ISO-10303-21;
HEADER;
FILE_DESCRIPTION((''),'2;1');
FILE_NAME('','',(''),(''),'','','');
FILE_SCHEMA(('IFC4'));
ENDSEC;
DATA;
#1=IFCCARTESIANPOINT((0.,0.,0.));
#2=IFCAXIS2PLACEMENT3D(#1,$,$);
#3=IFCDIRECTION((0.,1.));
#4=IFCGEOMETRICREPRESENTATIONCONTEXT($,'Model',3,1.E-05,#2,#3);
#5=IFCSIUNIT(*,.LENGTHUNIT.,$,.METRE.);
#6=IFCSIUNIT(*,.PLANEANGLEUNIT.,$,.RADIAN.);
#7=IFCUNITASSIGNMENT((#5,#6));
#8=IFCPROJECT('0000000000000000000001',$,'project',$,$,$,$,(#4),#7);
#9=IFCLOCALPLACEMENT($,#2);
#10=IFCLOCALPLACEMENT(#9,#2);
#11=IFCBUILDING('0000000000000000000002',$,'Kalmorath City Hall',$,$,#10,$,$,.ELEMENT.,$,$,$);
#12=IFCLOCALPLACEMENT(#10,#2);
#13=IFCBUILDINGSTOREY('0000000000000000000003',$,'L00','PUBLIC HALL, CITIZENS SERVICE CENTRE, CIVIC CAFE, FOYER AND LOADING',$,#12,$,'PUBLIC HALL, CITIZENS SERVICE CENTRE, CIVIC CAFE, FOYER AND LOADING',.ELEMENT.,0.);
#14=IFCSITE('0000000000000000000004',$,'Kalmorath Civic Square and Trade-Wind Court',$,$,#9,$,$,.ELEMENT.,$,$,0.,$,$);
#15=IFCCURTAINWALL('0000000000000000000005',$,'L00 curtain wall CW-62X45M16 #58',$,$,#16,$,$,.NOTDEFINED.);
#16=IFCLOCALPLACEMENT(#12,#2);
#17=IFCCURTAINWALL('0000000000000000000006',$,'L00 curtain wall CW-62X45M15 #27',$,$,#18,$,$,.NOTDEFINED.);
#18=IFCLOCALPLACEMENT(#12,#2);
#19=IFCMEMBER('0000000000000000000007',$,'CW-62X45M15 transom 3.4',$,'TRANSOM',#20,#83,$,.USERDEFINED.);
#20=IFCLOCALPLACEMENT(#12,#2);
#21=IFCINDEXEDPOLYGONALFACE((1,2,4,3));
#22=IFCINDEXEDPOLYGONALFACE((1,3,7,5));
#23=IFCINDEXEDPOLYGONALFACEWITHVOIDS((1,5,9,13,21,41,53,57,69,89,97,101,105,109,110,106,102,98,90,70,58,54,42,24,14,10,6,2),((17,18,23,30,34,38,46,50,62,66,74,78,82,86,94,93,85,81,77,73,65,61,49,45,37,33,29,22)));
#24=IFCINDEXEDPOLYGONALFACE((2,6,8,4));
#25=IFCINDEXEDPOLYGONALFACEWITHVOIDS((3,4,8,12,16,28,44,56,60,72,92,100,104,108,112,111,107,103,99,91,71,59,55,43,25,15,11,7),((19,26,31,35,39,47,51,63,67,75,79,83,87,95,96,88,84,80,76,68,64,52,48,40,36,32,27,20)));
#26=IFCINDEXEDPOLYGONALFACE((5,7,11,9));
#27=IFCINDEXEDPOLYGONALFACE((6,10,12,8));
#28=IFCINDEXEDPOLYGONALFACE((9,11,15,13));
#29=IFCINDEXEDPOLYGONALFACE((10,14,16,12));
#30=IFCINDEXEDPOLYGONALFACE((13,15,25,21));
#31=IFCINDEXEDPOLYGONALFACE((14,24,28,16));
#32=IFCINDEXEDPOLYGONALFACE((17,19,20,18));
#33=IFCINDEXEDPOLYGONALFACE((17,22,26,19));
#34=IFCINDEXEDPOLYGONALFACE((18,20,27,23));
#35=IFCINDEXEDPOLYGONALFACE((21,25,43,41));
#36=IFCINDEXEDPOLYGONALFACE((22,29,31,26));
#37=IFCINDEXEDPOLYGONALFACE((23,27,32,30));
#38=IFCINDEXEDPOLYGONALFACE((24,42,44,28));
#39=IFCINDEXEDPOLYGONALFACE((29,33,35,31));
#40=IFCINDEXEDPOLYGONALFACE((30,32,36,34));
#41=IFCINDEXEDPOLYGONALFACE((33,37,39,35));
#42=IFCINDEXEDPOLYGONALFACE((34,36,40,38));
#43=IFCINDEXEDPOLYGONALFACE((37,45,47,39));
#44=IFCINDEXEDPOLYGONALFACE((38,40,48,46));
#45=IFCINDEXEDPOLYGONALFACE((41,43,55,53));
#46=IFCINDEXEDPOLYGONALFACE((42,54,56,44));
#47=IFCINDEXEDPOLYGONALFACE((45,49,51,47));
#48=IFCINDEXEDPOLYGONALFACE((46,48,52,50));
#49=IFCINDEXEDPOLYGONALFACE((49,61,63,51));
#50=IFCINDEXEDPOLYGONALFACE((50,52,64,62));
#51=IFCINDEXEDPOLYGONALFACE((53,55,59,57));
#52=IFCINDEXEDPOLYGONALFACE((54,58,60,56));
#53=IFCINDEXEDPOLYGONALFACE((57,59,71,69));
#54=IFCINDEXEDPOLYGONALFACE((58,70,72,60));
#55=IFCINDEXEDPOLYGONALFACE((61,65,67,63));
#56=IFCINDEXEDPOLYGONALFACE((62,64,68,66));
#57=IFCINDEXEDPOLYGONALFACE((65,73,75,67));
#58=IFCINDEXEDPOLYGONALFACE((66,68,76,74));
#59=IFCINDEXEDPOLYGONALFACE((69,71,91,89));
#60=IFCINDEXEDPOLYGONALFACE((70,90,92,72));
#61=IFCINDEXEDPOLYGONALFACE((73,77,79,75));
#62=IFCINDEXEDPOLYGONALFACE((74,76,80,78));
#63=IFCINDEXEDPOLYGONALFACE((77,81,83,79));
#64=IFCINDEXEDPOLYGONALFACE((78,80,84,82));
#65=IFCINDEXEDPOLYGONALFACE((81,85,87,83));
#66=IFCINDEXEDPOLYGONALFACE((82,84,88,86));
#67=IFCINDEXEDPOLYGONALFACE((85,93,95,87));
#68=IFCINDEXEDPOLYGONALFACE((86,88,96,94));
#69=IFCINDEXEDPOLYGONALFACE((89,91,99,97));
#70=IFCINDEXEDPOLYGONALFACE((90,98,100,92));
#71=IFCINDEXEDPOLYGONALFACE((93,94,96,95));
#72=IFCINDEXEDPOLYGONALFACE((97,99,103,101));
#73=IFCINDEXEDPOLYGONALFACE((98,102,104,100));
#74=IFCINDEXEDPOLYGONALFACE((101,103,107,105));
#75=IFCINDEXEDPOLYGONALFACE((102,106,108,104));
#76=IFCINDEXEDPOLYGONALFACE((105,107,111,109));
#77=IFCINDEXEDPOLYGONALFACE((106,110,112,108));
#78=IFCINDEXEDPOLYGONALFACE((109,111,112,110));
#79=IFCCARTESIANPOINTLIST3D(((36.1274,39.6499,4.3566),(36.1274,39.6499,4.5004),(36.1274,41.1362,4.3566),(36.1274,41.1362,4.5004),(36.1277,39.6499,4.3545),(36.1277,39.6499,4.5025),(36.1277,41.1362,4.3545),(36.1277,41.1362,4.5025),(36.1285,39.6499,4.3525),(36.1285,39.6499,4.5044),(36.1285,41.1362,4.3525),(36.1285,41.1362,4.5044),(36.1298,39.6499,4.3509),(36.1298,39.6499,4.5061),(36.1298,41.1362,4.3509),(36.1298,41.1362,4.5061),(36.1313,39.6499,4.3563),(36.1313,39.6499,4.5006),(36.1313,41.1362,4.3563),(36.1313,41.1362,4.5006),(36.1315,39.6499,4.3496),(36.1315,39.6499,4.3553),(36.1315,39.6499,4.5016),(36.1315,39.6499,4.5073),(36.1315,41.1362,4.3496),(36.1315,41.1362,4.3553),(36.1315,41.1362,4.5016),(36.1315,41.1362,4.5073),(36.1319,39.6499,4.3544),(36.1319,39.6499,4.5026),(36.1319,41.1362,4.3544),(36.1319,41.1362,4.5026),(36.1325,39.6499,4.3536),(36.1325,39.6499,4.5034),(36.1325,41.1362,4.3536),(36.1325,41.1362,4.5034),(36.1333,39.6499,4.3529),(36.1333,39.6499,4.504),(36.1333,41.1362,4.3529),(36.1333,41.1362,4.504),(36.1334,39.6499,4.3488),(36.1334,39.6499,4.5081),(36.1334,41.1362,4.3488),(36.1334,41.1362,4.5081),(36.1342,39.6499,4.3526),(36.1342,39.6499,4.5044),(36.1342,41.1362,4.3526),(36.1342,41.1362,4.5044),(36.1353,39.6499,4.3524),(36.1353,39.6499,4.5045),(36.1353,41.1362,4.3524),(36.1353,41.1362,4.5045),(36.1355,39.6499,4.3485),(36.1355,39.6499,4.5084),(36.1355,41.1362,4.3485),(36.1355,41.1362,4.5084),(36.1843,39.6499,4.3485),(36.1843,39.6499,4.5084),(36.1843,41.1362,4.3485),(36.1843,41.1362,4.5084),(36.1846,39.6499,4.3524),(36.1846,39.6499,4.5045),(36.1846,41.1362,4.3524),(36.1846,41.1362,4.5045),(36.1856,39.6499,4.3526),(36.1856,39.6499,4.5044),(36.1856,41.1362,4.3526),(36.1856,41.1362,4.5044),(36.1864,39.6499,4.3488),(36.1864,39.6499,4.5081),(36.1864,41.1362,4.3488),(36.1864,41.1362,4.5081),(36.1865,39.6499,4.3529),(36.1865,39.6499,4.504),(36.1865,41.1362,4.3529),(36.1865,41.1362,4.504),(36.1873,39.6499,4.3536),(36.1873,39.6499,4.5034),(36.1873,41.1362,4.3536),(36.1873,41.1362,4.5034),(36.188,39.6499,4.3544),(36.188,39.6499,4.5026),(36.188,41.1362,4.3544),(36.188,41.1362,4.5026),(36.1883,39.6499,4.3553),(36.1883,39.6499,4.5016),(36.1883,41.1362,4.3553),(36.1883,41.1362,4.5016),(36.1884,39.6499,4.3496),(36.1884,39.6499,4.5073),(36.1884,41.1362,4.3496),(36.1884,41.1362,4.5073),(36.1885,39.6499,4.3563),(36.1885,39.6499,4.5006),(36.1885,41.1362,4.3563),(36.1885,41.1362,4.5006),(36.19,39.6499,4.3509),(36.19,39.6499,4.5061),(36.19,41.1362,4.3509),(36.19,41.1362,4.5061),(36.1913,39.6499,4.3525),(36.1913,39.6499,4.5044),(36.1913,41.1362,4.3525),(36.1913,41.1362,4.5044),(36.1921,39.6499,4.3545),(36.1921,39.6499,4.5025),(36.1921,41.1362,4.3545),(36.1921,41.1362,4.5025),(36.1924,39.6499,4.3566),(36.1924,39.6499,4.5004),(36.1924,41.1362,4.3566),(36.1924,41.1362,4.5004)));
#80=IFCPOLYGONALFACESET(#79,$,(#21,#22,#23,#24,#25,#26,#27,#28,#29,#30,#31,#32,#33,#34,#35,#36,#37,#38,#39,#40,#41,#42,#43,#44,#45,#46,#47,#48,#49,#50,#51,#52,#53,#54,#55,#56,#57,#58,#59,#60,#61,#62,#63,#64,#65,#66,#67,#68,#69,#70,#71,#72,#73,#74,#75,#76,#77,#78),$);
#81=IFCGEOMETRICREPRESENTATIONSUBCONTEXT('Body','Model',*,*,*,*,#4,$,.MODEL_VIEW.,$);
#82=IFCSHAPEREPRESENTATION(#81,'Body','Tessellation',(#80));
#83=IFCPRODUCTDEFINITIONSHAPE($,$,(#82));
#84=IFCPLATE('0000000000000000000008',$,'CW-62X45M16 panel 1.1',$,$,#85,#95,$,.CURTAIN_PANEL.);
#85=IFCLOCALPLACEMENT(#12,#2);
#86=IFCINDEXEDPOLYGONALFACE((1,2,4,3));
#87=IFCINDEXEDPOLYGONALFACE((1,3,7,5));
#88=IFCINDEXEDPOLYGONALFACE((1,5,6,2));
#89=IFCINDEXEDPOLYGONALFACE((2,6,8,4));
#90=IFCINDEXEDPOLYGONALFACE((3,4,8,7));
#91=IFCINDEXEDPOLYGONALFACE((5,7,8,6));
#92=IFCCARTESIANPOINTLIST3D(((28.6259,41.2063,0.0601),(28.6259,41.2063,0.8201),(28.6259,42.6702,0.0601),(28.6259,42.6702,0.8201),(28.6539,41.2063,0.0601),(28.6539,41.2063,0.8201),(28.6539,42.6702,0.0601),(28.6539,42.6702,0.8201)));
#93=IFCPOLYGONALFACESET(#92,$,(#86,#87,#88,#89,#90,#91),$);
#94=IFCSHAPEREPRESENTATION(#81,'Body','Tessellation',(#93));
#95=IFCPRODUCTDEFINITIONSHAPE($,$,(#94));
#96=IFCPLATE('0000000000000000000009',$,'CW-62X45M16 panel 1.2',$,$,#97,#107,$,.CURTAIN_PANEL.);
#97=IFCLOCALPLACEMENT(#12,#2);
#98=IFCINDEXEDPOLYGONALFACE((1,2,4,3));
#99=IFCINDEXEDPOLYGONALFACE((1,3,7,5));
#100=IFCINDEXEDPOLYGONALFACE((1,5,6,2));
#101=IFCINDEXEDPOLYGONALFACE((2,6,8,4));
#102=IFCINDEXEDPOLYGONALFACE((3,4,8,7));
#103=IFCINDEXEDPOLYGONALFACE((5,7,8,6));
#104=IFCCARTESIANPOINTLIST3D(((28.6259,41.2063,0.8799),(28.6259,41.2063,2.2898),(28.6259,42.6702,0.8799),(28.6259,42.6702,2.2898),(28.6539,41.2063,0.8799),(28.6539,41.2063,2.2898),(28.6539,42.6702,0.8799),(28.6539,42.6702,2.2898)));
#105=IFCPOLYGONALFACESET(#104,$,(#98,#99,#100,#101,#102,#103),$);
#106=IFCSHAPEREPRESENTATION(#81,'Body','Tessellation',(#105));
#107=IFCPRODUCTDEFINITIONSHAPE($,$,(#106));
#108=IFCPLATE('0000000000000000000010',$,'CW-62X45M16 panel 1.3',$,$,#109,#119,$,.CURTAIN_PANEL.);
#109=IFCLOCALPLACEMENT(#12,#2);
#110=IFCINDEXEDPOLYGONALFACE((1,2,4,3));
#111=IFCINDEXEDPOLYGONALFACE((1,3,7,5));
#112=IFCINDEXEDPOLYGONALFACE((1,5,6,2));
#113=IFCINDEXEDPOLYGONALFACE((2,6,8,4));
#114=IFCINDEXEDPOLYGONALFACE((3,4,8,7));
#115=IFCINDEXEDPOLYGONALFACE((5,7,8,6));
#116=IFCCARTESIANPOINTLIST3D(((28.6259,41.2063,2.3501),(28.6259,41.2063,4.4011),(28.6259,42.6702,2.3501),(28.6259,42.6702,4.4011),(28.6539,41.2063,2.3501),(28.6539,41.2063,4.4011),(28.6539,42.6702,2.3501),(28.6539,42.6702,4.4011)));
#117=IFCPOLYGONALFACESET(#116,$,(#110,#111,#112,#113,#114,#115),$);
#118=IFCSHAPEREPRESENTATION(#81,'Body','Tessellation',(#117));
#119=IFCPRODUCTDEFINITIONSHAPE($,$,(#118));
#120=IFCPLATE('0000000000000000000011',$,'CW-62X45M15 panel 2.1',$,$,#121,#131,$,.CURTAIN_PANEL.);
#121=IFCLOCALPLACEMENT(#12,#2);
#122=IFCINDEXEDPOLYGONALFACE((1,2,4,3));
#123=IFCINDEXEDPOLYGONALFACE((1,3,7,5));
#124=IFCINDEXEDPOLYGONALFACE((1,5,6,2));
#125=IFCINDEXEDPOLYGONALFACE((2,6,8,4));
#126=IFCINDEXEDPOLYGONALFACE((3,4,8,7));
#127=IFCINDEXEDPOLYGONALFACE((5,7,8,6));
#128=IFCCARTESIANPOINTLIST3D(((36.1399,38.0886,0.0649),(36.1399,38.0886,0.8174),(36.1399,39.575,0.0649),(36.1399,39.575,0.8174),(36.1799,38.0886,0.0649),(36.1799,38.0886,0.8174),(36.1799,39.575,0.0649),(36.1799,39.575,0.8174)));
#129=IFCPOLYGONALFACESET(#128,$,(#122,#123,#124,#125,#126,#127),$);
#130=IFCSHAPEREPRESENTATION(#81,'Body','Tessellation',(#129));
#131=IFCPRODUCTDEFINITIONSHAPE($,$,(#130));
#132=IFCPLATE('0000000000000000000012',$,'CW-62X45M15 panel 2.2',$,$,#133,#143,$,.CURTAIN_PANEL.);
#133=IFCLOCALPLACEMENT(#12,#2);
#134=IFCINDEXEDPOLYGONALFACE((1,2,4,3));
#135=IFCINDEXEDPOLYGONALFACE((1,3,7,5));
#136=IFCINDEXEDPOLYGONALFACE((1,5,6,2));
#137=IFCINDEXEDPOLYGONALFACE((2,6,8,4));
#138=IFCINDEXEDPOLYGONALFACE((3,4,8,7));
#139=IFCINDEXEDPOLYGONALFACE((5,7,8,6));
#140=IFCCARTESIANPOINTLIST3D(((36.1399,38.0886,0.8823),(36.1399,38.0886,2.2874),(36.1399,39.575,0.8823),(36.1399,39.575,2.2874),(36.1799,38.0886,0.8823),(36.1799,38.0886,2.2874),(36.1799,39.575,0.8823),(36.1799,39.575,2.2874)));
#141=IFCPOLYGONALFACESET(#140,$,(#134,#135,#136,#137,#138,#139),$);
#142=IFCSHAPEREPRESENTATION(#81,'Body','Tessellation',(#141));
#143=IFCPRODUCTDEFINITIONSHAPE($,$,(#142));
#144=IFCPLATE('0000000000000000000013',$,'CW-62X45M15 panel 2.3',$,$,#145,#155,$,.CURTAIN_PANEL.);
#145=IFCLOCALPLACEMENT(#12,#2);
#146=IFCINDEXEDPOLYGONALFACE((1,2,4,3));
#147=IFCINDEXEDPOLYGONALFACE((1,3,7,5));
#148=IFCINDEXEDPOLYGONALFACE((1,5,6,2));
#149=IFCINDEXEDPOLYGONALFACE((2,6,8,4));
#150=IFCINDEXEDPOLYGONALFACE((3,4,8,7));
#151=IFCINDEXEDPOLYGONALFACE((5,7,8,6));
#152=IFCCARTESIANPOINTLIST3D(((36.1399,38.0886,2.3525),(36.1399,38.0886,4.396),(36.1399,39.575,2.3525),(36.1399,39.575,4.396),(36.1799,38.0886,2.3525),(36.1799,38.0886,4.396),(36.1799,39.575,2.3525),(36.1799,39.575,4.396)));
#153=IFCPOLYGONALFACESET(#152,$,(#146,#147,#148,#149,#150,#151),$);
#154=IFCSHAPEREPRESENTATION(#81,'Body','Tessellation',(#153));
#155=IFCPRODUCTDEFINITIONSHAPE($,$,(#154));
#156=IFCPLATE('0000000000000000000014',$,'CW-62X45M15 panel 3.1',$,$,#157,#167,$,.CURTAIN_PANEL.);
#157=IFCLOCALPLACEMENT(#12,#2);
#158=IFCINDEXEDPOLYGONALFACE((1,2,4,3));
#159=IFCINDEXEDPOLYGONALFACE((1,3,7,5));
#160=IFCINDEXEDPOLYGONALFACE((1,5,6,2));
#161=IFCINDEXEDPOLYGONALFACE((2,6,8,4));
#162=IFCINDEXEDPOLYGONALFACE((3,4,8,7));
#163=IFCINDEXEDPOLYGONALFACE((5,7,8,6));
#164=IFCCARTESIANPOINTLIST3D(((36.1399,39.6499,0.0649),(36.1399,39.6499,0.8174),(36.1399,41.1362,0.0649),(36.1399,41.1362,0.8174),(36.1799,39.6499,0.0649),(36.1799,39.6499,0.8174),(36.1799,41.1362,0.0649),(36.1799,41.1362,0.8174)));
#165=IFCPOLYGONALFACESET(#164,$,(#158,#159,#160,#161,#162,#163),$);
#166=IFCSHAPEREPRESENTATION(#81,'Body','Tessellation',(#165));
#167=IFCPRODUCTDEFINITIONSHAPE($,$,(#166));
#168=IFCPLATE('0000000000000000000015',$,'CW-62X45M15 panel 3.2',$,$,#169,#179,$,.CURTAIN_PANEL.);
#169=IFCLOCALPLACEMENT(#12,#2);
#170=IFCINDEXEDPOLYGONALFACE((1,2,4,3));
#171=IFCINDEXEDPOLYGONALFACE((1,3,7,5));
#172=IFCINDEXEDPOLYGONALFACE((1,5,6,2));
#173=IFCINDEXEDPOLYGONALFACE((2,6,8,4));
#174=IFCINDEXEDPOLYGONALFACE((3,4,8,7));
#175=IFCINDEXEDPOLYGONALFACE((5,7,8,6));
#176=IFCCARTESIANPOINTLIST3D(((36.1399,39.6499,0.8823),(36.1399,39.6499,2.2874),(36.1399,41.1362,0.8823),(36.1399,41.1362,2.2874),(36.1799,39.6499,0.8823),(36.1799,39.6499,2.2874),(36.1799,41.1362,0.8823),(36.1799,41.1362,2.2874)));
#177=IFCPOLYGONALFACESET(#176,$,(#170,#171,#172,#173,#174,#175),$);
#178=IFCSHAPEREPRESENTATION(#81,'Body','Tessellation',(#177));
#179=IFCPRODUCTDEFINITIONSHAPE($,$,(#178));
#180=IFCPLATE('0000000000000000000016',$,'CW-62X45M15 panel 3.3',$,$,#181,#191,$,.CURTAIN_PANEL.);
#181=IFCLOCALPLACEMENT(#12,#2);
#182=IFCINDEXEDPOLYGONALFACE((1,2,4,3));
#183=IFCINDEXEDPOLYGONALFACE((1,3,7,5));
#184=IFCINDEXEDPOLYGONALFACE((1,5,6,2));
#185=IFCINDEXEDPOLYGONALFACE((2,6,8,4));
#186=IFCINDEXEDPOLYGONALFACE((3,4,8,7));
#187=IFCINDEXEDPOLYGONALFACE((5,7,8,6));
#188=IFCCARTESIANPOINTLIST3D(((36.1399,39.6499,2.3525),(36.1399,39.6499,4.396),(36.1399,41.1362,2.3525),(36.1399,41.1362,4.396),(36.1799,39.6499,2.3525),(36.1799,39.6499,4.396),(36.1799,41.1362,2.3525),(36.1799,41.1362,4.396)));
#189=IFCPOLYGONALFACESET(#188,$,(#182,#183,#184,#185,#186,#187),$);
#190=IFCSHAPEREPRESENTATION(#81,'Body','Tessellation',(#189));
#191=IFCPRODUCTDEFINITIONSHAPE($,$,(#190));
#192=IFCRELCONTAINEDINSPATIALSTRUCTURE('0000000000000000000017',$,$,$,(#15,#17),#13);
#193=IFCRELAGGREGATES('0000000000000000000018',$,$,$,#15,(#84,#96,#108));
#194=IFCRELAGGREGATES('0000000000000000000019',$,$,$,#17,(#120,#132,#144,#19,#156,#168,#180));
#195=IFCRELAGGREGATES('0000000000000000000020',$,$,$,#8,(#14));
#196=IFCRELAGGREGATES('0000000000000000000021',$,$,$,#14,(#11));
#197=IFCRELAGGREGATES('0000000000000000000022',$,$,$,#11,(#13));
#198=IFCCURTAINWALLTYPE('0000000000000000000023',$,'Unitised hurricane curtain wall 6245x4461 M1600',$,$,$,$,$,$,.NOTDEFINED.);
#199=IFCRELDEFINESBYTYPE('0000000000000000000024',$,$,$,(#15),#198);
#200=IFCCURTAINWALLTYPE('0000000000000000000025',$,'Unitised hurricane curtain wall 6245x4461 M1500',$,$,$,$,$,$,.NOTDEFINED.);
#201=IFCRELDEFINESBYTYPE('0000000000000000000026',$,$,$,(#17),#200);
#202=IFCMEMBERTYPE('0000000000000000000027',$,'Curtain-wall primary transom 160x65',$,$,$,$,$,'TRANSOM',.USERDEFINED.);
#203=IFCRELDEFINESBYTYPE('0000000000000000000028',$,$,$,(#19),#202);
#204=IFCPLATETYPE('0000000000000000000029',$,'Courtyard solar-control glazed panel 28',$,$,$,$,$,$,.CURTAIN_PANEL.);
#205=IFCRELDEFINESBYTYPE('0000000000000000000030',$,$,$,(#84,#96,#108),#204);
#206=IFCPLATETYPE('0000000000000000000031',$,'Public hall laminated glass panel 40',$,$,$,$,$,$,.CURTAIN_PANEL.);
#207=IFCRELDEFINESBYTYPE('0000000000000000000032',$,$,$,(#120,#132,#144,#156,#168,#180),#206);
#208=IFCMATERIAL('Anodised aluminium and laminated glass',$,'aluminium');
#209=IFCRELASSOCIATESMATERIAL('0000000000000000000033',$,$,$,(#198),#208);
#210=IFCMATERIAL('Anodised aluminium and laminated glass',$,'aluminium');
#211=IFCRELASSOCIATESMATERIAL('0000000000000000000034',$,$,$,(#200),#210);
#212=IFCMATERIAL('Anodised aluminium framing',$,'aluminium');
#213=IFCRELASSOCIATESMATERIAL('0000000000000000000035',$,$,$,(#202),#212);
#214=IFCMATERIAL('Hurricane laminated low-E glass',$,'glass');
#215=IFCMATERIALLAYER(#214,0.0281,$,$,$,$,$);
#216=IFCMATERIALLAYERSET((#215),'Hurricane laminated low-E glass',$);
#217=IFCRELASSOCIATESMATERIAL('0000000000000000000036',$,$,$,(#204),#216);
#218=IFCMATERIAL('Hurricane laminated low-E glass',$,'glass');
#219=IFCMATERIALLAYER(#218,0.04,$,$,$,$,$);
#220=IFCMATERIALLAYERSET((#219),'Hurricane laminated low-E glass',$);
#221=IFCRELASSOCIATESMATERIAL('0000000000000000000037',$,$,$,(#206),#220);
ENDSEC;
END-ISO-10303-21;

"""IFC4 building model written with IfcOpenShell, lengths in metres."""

from ifc_helpers import new_model, si_unit, direction, frame, origin, origin_2d, place, context, subcontext, project, spatial, rectangle, hollow_rectangle, extrude, material, layer, layer_set, material_profile, profile_set, type_object, element, aggregate, save


model = new_model("IFC4")

# Units and contexts
model_context = context("Model", 3, precision=1e-05, world=origin(), true_north=direction((0.0, 1.0)))
body_context = subcontext(model_context, "Body", "Model", "MODEL_VIEW")
ifc_project = project(units=[si_unit("LENGTHUNIT", "METRE"), si_unit("PLANEANGLEUNIT", "RADIAN")], contexts=[model_context])

# Site, building, storey
site_placement = place(None, origin())
site = spatial("IfcSite", under=ifc_project, at=site_placement, Name="Kalmorath Civic Square and Trade-Wind Court", CompositionType="ELEMENT", RefElevation=0.0)
building_placement = place(site_placement, origin())
building = spatial("IfcBuilding", under=site, at=building_placement, Name="Kalmorath City Hall", CompositionType="ELEMENT")
storey_placement = place(building_placement, origin())
storey = spatial("IfcBuildingStorey", under=building, at=storey_placement, Name="L00", Description="PUBLIC HALL, CITIZENS SERVICE CENTRE, CIVIC CAFE, FOYER AND LOADING", LongName="PUBLIC HALL, CITIZENS SERVICE CENTRE, CIVIC CAFE, FOYER AND LOADING", CompositionType="ELEMENT", Elevation=0.0)

# Curtain walls, member
ifc_material_1 = material(Name="Anodised aluminium and laminated glass", Category="aluminium")
curtain_wall_type_1 = type_object("IfcCurtainWallType", Name="Unitised hurricane curtain wall 6245x4461 M1600", PredefinedType="NOTDEFINED", material=ifc_material_1)
curtain_wall_1_placement = place(storey_placement, origin())
curtain_wall_1 = element("IfcCurtainWall", 1, at=curtain_wall_1_placement, inside=storey, type_object=curtain_wall_type_1, Name="L00 curtain wall CW-62X45M16 #58", PredefinedType="NOTDEFINED")
ifc_material_2 = material(Name="Anodised aluminium and laminated glass", Category="aluminium")
curtain_wall_type_2 = type_object("IfcCurtainWallType", Name="Unitised hurricane curtain wall 6245x4461 M1500", PredefinedType="NOTDEFINED", material=ifc_material_2)
curtain_wall_2_placement = place(storey_placement, origin())
curtain_wall_2 = element("IfcCurtainWall", 2, at=curtain_wall_2_placement, inside=storey, type_object=curtain_wall_type_2, Name="L00 curtain wall CW-62X45M15 #27", PredefinedType="NOTDEFINED")
ifc_material_3 = material(Name="Anodised aluminium framing", Category="aluminium")
ifc_material_profile_1 = material_profile(ifc_material_3, hollow_rectangle(XDim=0.0649, YDim=0.1599, WallThickness=0.0039, InnerFilletRadius=0.0039, OuterFilletRadius=0.0081, at=origin_2d()), Name="ALU-TRN-160X65X4")
ifc_profile_set_1 = profile_set([ifc_material_profile_1], Name="Anodised aluminium framing")
member_type_1 = type_object("IfcMemberType", Name="Curtain-wall primary transom 160x65", ElementType="TRANSOM", PredefinedType="USERDEFINED", material=ifc_profile_set_1)
member_1_placement = place(storey_placement, frame((36.1599, 39.6499, 4.4285), z_axis=(0.0, 1.0, 0.0), x_axis=(-1.0, 0.0, 0.0)))
member_1 = element("IfcMember", 3, at=member_1_placement, type_object=member_type_1, Name="CW-62X45M15 transom 3.4", ObjectType="TRANSOM", PredefinedType="USERDEFINED", context=body_context, shape_type="SweptSolid", body=[
    extrude(hollow_rectangle(XDim=0.0649, YDim=0.1599, WallThickness=0.0039, InnerFilletRadius=0.0039, OuterFilletRadius=0.0081, at=origin_2d()), origin(), (0.0, 0.0, 1.0), 1.4863),
])

# Plates
ifc_material_4 = material(Name="Hurricane laminated low-E glass", Category="glass")
ifc_layer_1 = layer(ifc_material_4, 0.0281)
ifc_layer_set_1 = layer_set([ifc_layer_1], Name="Hurricane laminated low-E glass")
plate_type_1 = type_object("IfcPlateType", Name="Courtyard solar-control glazed panel 28", PredefinedType="CURTAIN_PANEL", material=ifc_layer_set_1)
plate_1_placement = place(storey_placement, frame((28.6399, 41.9382, 0.0601), z_axis=(0.0, 0.0, 1.0), x_axis=(0.0, -1.0, 0.0)))
plate_1 = element("IfcPlate", 4, at=plate_1_placement, type_object=plate_type_1, Name="CW-62X45M16 panel 1.1", PredefinedType="CURTAIN_PANEL", context=body_context, shape_type="SweptSolid", body=[
    extrude(rectangle(XDim=1.4639, YDim=0.0281, at=origin_2d()), origin(), (0.0, 0.0, 1.0), 0.76),
])
plate_2_placement = place(storey_placement, frame((28.6399, 41.9382, 0.8799), z_axis=(0.0, 0.0, 1.0), x_axis=(0.0, -1.0, 0.0)))
plate_2 = element("IfcPlate", 5, at=plate_2_placement, type_object=plate_type_1, Name="CW-62X45M16 panel 1.2", PredefinedType="CURTAIN_PANEL", context=body_context, shape_type="SweptSolid", body=[
    extrude(rectangle(XDim=1.4639, YDim=0.0281, at=origin_2d()), origin(), (0.0, 0.0, 1.0), 1.4099),
])
plate_3_placement = place(storey_placement, frame((28.6399, 41.9382, 2.3501), z_axis=(0.0, 0.0, 1.0), x_axis=(0.0, -1.0, 0.0)))
plate_3 = element("IfcPlate", 6, at=plate_3_placement, type_object=plate_type_1, Name="CW-62X45M16 panel 1.3", PredefinedType="CURTAIN_PANEL", context=body_context, shape_type="SweptSolid", body=[
    extrude(rectangle(XDim=1.4639, YDim=0.0281, at=origin_2d()), origin(), (0.0, 0.0, 1.0), 2.051),
])
aggregate(curtain_wall_1, [plate_1, plate_2, plate_3])
ifc_material_5 = material(Name="Hurricane laminated low-E glass", Category="glass")
ifc_layer_2 = layer(ifc_material_5, 0.04)
ifc_layer_set_2 = layer_set([ifc_layer_2], Name="Hurricane laminated low-E glass")
plate_type_2 = type_object("IfcPlateType", Name="Public hall laminated glass panel 40", PredefinedType="CURTAIN_PANEL", material=ifc_layer_set_2)
plate_4_placement = place(storey_placement, frame((36.1599, 38.8318, 0.0649), z_axis=(0.0, 0.0, 1.0), x_axis=(0.0, 1.0, 0.0)))
plate_4 = element("IfcPlate", 7, at=plate_4_placement, type_object=plate_type_2, Name="CW-62X45M15 panel 2.1", PredefinedType="CURTAIN_PANEL", context=body_context, shape_type="SweptSolid", body=[
    extrude(rectangle(XDim=1.4863, YDim=0.04, at=origin_2d()), origin(), (0.0, 0.0, 1.0), 0.7524),
])
plate_5_placement = place(storey_placement, frame((36.1599, 38.8318, 0.8823), z_axis=(0.0, 0.0, 1.0), x_axis=(0.0, 1.0, 0.0)))
plate_5 = element("IfcPlate", 8, at=plate_5_placement, type_object=plate_type_2, Name="CW-62X45M15 panel 2.2", PredefinedType="CURTAIN_PANEL", context=body_context, shape_type="SweptSolid", body=[
    extrude(rectangle(XDim=1.4863, YDim=0.04, at=origin_2d()), origin(), (0.0, 0.0, 1.0), 1.405),
])
plate_6_placement = place(storey_placement, frame((36.1599, 38.8318, 2.3525), z_axis=(0.0, 0.0, 1.0), x_axis=(0.0, 1.0, 0.0)))
plate_6 = element("IfcPlate", 9, at=plate_6_placement, type_object=plate_type_2, Name="CW-62X45M15 panel 2.3", PredefinedType="CURTAIN_PANEL", context=body_context, shape_type="SweptSolid", body=[
    extrude(rectangle(XDim=1.4863, YDim=0.04, at=origin_2d()), origin(), (0.0, 0.0, 1.0), 2.0435),
])
plate_7_placement = place(storey_placement, frame((36.1599, 40.3931, 0.0649), z_axis=(0.0, 0.0, 1.0), x_axis=(0.0, 1.0, 0.0)))
plate_7 = element("IfcPlate", 10, at=plate_7_placement, type_object=plate_type_2, Name="CW-62X45M15 panel 3.1", PredefinedType="CURTAIN_PANEL", context=body_context, shape_type="SweptSolid", body=[
    extrude(rectangle(XDim=1.4863, YDim=0.04, at=origin_2d()), origin(), (0.0, 0.0, 1.0), 0.7524),
])
plate_8_placement = place(storey_placement, frame((36.1599, 40.3931, 0.8823), z_axis=(0.0, 0.0, 1.0), x_axis=(0.0, 1.0, 0.0)))
plate_8 = element("IfcPlate", 11, at=plate_8_placement, type_object=plate_type_2, Name="CW-62X45M15 panel 3.2", PredefinedType="CURTAIN_PANEL", context=body_context, shape_type="SweptSolid", body=[
    extrude(rectangle(XDim=1.4863, YDim=0.04, at=origin_2d()), origin(), (0.0, 0.0, 1.0), 1.405),
])
plate_9_placement = place(storey_placement, frame((36.1599, 40.3931, 2.3525), z_axis=(0.0, 0.0, 1.0), x_axis=(0.0, 1.0, 0.0)))
plate_9 = element("IfcPlate", 12, at=plate_9_placement, type_object=plate_type_2, Name="CW-62X45M15 panel 3.3", PredefinedType="CURTAIN_PANEL", context=body_context, shape_type="SweptSolid", body=[
    extrude(rectangle(XDim=1.4863, YDim=0.04, at=origin_2d()), origin(), (0.0, 0.0, 1.0), 2.0435),
])
aggregate(curtain_wall_2, [plate_4, plate_5, plate_6, member_1, plate_7, plate_8, plate_9])

save(model, "model.ifc")
